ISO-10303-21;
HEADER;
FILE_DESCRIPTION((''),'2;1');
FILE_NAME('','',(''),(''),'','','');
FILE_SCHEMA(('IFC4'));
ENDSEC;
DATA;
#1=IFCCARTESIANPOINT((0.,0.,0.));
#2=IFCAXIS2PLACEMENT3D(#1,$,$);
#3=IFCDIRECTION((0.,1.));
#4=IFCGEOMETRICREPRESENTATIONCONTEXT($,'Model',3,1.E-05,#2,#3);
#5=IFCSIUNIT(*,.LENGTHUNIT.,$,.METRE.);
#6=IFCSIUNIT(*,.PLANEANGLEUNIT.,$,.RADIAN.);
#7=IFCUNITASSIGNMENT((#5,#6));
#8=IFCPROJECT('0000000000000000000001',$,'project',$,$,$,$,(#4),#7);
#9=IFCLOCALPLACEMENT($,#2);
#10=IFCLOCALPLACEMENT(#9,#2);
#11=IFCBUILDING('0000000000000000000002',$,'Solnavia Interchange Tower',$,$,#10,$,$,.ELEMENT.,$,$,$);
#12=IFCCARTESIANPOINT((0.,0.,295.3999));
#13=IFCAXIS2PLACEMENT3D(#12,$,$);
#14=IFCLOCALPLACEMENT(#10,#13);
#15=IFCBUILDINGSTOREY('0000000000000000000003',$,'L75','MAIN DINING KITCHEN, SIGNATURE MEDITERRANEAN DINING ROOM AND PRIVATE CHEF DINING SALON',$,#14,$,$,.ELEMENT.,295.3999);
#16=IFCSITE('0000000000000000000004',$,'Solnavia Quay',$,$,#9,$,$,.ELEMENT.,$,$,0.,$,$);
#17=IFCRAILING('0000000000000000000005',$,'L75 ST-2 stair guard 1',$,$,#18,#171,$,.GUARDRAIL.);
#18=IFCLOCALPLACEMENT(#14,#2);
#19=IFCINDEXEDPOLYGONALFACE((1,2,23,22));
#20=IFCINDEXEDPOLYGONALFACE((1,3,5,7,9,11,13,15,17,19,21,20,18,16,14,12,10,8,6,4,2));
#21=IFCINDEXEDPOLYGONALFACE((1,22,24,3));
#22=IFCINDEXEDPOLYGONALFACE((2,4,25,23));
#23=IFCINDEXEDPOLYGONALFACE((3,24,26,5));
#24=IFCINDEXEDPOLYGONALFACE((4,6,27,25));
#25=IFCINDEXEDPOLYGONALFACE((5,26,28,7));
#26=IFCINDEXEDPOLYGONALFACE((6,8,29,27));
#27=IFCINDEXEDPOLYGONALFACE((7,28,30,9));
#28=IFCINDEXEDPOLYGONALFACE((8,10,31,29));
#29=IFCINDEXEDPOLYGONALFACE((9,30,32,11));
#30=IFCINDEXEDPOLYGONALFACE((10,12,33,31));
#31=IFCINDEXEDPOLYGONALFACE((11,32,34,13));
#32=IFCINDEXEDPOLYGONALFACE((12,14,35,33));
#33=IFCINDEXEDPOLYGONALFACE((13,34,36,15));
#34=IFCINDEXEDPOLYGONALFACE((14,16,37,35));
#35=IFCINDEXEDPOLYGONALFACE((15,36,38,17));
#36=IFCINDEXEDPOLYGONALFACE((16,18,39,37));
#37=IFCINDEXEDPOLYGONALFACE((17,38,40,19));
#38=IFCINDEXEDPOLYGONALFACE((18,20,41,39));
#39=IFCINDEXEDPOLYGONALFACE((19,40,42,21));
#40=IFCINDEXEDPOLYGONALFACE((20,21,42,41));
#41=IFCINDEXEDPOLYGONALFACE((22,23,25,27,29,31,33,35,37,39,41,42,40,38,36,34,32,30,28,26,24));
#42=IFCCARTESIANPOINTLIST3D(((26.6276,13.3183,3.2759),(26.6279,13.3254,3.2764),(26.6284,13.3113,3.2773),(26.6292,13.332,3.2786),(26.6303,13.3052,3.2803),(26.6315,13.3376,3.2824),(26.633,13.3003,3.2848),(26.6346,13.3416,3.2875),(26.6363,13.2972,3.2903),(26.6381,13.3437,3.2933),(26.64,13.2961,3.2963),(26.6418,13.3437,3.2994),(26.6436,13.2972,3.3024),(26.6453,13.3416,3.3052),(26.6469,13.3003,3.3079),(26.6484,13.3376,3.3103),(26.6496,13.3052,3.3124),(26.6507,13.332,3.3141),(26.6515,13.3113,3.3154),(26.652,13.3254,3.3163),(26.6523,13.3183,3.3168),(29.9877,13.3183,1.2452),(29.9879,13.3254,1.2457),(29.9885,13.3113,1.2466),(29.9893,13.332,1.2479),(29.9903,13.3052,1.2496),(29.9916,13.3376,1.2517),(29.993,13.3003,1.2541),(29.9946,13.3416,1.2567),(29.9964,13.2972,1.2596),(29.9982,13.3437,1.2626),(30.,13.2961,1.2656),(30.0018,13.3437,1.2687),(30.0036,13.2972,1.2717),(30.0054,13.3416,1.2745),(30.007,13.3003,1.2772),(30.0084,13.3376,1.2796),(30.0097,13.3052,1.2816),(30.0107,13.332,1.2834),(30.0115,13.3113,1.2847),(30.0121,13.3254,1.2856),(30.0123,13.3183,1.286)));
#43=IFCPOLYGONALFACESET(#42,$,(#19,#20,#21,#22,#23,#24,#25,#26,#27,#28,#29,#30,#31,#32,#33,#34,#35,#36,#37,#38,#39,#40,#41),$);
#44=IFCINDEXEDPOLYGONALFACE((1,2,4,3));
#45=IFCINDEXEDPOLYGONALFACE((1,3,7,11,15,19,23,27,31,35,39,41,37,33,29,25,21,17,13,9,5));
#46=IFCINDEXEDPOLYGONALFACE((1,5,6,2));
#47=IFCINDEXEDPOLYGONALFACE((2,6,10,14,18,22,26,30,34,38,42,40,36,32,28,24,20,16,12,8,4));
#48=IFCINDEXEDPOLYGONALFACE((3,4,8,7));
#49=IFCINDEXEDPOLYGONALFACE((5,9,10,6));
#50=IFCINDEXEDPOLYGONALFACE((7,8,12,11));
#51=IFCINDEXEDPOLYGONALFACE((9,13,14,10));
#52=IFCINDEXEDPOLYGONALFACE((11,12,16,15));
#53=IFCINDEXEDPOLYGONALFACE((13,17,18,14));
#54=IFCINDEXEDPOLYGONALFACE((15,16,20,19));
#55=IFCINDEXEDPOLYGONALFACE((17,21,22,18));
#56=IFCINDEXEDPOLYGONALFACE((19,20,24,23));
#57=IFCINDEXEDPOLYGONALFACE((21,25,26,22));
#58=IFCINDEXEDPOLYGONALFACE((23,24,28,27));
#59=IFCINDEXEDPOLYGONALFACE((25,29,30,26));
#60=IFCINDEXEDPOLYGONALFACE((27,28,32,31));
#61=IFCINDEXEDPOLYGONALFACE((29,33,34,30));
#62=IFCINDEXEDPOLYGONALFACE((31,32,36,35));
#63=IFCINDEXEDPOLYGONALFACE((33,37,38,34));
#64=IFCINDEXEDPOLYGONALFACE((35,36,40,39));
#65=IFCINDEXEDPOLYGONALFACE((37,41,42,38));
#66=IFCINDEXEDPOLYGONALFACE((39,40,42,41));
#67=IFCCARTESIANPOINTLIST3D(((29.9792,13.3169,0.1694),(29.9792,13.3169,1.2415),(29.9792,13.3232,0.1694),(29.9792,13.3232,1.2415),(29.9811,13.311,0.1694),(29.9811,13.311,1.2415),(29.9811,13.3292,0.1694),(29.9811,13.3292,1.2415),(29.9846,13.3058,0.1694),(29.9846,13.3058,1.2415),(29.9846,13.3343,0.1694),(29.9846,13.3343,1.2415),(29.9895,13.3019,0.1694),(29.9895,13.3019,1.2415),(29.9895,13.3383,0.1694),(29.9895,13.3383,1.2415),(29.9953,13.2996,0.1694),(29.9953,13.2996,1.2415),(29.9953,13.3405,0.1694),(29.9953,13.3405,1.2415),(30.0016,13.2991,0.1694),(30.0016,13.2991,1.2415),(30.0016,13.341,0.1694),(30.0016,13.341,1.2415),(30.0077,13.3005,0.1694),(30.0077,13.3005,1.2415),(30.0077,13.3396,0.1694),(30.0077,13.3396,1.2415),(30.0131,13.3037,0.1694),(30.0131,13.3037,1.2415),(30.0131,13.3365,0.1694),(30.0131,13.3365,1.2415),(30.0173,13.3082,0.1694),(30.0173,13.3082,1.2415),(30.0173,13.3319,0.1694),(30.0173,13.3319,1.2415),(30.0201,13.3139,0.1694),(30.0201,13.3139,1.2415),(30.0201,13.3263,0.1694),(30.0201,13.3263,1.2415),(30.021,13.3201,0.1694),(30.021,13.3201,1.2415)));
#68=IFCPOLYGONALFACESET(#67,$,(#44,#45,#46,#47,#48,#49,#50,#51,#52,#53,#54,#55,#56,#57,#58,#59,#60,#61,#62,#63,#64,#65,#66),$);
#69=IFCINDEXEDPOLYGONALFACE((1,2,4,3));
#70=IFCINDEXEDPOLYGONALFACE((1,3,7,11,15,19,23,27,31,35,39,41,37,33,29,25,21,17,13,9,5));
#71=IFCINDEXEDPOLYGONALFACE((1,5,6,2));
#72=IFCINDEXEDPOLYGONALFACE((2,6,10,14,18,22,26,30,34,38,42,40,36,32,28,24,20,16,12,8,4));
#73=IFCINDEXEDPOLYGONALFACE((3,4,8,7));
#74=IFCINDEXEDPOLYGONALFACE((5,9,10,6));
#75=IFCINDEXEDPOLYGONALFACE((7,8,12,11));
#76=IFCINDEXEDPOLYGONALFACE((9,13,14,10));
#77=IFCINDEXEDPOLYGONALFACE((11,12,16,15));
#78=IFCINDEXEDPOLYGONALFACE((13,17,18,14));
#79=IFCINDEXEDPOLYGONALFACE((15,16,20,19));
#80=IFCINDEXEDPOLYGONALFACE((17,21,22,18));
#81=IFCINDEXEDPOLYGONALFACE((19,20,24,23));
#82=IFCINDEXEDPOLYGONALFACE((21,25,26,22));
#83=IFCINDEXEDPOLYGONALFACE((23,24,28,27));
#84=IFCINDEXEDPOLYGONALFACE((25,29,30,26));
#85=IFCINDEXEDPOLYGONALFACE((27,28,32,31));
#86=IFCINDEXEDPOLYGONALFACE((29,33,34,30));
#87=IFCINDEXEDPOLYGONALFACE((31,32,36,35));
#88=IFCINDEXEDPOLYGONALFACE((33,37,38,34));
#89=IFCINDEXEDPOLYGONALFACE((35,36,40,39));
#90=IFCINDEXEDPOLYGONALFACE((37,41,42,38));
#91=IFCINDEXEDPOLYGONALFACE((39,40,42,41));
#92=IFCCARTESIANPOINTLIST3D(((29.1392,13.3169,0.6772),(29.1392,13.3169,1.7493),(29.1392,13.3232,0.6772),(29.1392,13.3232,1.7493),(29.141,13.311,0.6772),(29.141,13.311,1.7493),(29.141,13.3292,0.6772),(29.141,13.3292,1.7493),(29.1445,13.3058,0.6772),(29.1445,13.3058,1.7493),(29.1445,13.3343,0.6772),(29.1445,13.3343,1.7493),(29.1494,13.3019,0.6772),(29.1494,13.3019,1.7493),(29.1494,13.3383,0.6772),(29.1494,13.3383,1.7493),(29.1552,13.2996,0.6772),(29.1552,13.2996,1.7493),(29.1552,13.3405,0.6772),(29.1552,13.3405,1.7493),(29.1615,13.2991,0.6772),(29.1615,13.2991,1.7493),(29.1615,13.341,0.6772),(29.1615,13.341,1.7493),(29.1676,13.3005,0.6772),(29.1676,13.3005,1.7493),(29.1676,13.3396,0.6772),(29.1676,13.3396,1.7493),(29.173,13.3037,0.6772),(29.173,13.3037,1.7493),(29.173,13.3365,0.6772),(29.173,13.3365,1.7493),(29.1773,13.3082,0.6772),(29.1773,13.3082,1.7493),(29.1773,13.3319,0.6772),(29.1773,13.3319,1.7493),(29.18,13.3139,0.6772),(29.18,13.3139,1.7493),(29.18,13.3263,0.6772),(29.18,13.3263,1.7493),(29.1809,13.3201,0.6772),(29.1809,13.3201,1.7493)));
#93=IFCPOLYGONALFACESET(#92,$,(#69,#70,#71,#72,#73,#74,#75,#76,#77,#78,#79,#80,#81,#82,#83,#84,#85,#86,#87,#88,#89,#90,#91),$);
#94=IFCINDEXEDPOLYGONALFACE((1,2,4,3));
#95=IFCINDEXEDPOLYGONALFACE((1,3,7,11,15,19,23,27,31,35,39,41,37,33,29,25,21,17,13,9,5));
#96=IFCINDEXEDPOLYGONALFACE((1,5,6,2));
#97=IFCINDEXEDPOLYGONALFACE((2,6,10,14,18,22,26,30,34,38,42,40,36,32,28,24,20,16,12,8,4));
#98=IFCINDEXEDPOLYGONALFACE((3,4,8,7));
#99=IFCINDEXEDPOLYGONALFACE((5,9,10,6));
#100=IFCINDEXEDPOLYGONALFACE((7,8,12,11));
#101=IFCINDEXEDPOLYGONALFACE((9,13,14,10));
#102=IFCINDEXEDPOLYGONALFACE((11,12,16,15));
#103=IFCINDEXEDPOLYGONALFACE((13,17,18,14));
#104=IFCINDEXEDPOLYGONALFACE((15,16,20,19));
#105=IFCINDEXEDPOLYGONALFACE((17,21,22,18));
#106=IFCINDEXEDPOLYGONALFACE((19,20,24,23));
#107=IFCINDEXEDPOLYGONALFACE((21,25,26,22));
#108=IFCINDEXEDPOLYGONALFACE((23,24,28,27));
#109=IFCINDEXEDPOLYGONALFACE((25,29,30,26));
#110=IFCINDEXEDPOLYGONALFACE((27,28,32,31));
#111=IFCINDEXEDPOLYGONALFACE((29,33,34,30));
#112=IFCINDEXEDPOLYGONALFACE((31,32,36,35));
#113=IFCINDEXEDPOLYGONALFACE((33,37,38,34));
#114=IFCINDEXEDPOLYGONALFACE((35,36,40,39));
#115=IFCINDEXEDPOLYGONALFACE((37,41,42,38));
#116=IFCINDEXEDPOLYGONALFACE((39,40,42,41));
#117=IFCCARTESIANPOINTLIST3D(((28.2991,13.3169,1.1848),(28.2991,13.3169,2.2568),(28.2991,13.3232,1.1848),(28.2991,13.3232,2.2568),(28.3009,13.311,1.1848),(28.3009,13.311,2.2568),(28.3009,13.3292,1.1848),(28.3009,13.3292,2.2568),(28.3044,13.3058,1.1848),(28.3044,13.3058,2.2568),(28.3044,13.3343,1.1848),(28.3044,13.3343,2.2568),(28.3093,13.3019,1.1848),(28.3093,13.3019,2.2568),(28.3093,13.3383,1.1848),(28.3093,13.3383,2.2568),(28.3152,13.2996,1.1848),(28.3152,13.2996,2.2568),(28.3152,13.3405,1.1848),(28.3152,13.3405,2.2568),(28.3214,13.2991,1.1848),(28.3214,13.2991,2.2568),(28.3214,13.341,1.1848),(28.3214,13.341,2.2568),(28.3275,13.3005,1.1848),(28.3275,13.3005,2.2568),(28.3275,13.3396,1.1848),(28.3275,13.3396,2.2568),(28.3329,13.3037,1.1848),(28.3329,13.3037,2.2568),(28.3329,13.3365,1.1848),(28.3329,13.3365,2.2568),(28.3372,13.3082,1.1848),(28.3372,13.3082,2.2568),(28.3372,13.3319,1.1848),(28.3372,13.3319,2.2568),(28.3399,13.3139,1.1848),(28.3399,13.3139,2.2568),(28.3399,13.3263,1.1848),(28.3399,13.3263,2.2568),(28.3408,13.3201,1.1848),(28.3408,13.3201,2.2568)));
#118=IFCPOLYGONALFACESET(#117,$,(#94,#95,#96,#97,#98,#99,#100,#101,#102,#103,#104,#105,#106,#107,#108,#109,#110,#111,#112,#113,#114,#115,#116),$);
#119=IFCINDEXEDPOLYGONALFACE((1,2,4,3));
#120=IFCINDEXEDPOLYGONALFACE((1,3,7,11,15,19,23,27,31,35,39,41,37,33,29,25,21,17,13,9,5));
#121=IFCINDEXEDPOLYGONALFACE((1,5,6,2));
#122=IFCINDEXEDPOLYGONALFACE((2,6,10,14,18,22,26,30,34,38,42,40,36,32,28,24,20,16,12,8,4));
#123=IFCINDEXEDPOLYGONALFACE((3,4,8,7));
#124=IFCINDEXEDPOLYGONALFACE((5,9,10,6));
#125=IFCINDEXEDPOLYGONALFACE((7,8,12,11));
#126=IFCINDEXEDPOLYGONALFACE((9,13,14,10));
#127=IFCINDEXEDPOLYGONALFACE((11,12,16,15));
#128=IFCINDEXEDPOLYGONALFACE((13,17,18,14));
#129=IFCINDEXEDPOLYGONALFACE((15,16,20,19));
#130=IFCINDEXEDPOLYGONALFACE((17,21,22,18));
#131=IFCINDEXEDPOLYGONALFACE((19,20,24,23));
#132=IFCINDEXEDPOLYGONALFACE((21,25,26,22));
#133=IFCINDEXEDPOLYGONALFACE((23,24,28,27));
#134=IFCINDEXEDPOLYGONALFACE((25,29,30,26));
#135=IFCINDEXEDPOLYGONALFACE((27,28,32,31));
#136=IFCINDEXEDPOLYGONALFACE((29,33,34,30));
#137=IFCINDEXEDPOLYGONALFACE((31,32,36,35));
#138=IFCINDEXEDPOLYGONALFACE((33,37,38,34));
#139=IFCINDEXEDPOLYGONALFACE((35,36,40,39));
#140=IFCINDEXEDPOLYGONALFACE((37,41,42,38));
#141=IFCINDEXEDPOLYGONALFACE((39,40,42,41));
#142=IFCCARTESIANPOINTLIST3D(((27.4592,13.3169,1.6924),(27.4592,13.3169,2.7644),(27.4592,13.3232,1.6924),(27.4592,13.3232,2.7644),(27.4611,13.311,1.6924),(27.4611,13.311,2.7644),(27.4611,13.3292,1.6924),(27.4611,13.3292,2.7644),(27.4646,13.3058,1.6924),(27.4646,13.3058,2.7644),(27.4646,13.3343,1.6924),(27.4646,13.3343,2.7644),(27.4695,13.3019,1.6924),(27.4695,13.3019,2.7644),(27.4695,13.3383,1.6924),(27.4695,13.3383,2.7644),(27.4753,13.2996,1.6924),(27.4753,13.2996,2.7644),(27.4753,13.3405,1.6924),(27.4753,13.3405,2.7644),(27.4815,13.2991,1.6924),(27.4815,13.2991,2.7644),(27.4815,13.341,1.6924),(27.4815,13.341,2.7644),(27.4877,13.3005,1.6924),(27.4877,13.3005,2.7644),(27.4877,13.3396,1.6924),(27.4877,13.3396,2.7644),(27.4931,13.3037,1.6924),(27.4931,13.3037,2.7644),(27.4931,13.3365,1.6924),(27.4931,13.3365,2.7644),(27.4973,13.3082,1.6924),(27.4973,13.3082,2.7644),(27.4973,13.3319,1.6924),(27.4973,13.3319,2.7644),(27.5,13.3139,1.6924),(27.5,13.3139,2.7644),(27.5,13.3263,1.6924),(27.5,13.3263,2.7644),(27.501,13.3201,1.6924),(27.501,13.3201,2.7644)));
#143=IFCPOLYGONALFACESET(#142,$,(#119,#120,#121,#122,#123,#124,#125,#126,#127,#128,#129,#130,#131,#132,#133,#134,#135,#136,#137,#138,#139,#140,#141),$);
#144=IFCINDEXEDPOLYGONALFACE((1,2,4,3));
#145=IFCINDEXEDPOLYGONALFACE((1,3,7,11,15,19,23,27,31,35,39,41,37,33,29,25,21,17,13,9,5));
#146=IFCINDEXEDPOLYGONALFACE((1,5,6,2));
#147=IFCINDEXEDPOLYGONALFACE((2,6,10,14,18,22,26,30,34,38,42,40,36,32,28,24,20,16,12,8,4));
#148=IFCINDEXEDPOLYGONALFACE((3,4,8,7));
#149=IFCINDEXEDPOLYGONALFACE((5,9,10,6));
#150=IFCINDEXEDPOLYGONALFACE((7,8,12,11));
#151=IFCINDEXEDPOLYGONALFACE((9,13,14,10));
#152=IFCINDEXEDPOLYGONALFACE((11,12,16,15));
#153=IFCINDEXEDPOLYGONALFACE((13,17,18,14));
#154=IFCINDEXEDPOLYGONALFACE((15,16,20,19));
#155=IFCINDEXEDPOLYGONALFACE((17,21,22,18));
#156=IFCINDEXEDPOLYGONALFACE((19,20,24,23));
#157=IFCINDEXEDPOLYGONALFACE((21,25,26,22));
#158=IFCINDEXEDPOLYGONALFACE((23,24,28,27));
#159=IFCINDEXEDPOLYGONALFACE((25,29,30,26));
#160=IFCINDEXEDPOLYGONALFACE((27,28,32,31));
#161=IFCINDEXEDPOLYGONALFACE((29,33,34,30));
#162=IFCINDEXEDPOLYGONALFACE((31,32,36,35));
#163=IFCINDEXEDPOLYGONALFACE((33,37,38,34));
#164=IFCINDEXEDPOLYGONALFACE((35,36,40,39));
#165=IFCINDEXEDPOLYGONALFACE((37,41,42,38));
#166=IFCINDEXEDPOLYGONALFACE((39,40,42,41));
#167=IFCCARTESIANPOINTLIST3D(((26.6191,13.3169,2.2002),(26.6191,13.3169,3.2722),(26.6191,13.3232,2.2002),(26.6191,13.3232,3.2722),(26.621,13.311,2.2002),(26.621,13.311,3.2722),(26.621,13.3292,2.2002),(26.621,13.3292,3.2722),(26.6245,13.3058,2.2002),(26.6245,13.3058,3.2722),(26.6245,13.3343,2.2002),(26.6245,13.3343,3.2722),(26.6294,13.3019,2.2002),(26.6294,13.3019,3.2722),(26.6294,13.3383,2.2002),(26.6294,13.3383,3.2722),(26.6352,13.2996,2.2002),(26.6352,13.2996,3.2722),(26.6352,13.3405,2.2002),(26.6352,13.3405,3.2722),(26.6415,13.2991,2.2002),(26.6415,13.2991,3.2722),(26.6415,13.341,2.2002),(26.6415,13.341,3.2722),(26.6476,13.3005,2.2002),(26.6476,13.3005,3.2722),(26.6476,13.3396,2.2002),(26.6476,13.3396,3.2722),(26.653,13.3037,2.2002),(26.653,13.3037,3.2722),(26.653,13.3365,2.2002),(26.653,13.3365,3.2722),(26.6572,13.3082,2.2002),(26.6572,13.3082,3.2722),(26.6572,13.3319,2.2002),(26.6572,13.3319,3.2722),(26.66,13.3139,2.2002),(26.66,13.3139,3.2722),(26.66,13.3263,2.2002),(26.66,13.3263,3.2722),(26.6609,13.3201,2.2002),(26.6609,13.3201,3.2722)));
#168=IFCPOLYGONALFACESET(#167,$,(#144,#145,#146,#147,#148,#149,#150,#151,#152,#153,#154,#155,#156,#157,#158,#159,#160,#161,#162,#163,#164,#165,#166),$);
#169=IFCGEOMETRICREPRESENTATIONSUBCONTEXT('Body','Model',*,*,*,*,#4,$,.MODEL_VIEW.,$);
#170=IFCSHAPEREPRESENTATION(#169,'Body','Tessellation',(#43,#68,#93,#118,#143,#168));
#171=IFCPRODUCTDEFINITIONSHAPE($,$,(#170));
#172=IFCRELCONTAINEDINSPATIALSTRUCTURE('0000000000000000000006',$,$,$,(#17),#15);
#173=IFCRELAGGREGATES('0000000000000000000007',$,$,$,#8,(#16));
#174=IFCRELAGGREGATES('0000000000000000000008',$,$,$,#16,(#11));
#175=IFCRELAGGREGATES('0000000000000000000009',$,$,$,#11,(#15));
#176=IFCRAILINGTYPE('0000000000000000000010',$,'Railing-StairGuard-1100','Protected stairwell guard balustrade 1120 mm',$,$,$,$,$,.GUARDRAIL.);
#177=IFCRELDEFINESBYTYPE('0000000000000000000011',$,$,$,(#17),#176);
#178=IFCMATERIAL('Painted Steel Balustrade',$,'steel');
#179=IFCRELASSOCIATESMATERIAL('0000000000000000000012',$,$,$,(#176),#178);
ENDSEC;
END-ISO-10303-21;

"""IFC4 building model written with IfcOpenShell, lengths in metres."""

from ifc_helpers import new_model, si_unit, direction, frame, origin, origin_2d, place, context, subcontext, project, spatial, circle, extrude, material, type_object, element, save


model = new_model("IFC4")

# Units and contexts
model_context = context("Model", 3, precision=1e-05, world=origin(), true_north=direction((0.0, 1.0)))
body_context = subcontext(model_context, "Body", "Model", "MODEL_VIEW")
ifc_project = project(units=[si_unit("LENGTHUNIT", "METRE"), si_unit("PLANEANGLEUNIT", "RADIAN")], contexts=[model_context])

# Site, building, storey
site_placement = place(None, origin())
site = spatial("IfcSite", under=ifc_project, at=site_placement, Name="Solnavia Quay", CompositionType="ELEMENT", RefElevation=0.0)
building_placement = place(site_placement, origin())
building = spatial("IfcBuilding", under=site, at=building_placement, Name="Solnavia Interchange Tower", CompositionType="ELEMENT")
storey_placement = place(building_placement, frame((0.0, 0.0, 295.3999)))
storey = spatial("IfcBuildingStorey", under=building, at=storey_placement, Name="L75", Description="MAIN DINING KITCHEN, SIGNATURE MEDITERRANEAN DINING ROOM AND PRIVATE CHEF DINING SALON", CompositionType="ELEMENT", Elevation=295.3999)

# Railing
ifc_material_1 = material(Name="Painted Steel Balustrade", Category="steel")
railing_type_1 = type_object("IfcRailingType", Name="Railing-StairGuard-1100", Description="Protected stairwell guard balustrade 1120 mm", PredefinedType="GUARDRAIL", material=ifc_material_1)
for number, where, name in (
    (1, (30.0, 13.3201, 0.1694), "L75 ST-2 stair guard 1"),
):
    element("IfcRailing", number, at=place(storey_placement, frame(where)), inside=storey, type_object=railing_type_1, Name=name, PredefinedType="GUARDRAIL", context=body_context, shape_type="SweptSolid", body=[
        extrude(circle(Radius=0.0239, at=origin_2d()), frame((0.0, 0.0, 1.0962), z_axis=(-0.855837, 0.0, 0.517246), x_axis=(0.0, -1.0, 0.0)), (0.0, 0.0, 1.0), 3.926),
        extrude(circle(Radius=0.021, at=origin_2d()), origin(), (0.0, 0.0, 1.0), 1.072),
        extrude(circle(Radius=0.021, at=origin_2d()), frame((-0.8401, 0.0, 0.5078)), (0.0, 0.0, 1.0), 1.072),
        extrude(circle(Radius=0.021, at=origin_2d()), frame((-1.6802, 0.0, 1.0154)), (0.0, 0.0, 1.0), 1.072),
        extrude(circle(Radius=0.021, at=origin_2d()), frame((-2.52, 0.0, 1.5229)), (0.0, 0.0, 1.0), 1.072),
        extrude(circle(Radius=0.021, at=origin_2d()), frame((-3.3601, 0.0, 2.0308)), (0.0, 0.0, 1.0), 1.072),
    ])

save(model, "model.ifc")
